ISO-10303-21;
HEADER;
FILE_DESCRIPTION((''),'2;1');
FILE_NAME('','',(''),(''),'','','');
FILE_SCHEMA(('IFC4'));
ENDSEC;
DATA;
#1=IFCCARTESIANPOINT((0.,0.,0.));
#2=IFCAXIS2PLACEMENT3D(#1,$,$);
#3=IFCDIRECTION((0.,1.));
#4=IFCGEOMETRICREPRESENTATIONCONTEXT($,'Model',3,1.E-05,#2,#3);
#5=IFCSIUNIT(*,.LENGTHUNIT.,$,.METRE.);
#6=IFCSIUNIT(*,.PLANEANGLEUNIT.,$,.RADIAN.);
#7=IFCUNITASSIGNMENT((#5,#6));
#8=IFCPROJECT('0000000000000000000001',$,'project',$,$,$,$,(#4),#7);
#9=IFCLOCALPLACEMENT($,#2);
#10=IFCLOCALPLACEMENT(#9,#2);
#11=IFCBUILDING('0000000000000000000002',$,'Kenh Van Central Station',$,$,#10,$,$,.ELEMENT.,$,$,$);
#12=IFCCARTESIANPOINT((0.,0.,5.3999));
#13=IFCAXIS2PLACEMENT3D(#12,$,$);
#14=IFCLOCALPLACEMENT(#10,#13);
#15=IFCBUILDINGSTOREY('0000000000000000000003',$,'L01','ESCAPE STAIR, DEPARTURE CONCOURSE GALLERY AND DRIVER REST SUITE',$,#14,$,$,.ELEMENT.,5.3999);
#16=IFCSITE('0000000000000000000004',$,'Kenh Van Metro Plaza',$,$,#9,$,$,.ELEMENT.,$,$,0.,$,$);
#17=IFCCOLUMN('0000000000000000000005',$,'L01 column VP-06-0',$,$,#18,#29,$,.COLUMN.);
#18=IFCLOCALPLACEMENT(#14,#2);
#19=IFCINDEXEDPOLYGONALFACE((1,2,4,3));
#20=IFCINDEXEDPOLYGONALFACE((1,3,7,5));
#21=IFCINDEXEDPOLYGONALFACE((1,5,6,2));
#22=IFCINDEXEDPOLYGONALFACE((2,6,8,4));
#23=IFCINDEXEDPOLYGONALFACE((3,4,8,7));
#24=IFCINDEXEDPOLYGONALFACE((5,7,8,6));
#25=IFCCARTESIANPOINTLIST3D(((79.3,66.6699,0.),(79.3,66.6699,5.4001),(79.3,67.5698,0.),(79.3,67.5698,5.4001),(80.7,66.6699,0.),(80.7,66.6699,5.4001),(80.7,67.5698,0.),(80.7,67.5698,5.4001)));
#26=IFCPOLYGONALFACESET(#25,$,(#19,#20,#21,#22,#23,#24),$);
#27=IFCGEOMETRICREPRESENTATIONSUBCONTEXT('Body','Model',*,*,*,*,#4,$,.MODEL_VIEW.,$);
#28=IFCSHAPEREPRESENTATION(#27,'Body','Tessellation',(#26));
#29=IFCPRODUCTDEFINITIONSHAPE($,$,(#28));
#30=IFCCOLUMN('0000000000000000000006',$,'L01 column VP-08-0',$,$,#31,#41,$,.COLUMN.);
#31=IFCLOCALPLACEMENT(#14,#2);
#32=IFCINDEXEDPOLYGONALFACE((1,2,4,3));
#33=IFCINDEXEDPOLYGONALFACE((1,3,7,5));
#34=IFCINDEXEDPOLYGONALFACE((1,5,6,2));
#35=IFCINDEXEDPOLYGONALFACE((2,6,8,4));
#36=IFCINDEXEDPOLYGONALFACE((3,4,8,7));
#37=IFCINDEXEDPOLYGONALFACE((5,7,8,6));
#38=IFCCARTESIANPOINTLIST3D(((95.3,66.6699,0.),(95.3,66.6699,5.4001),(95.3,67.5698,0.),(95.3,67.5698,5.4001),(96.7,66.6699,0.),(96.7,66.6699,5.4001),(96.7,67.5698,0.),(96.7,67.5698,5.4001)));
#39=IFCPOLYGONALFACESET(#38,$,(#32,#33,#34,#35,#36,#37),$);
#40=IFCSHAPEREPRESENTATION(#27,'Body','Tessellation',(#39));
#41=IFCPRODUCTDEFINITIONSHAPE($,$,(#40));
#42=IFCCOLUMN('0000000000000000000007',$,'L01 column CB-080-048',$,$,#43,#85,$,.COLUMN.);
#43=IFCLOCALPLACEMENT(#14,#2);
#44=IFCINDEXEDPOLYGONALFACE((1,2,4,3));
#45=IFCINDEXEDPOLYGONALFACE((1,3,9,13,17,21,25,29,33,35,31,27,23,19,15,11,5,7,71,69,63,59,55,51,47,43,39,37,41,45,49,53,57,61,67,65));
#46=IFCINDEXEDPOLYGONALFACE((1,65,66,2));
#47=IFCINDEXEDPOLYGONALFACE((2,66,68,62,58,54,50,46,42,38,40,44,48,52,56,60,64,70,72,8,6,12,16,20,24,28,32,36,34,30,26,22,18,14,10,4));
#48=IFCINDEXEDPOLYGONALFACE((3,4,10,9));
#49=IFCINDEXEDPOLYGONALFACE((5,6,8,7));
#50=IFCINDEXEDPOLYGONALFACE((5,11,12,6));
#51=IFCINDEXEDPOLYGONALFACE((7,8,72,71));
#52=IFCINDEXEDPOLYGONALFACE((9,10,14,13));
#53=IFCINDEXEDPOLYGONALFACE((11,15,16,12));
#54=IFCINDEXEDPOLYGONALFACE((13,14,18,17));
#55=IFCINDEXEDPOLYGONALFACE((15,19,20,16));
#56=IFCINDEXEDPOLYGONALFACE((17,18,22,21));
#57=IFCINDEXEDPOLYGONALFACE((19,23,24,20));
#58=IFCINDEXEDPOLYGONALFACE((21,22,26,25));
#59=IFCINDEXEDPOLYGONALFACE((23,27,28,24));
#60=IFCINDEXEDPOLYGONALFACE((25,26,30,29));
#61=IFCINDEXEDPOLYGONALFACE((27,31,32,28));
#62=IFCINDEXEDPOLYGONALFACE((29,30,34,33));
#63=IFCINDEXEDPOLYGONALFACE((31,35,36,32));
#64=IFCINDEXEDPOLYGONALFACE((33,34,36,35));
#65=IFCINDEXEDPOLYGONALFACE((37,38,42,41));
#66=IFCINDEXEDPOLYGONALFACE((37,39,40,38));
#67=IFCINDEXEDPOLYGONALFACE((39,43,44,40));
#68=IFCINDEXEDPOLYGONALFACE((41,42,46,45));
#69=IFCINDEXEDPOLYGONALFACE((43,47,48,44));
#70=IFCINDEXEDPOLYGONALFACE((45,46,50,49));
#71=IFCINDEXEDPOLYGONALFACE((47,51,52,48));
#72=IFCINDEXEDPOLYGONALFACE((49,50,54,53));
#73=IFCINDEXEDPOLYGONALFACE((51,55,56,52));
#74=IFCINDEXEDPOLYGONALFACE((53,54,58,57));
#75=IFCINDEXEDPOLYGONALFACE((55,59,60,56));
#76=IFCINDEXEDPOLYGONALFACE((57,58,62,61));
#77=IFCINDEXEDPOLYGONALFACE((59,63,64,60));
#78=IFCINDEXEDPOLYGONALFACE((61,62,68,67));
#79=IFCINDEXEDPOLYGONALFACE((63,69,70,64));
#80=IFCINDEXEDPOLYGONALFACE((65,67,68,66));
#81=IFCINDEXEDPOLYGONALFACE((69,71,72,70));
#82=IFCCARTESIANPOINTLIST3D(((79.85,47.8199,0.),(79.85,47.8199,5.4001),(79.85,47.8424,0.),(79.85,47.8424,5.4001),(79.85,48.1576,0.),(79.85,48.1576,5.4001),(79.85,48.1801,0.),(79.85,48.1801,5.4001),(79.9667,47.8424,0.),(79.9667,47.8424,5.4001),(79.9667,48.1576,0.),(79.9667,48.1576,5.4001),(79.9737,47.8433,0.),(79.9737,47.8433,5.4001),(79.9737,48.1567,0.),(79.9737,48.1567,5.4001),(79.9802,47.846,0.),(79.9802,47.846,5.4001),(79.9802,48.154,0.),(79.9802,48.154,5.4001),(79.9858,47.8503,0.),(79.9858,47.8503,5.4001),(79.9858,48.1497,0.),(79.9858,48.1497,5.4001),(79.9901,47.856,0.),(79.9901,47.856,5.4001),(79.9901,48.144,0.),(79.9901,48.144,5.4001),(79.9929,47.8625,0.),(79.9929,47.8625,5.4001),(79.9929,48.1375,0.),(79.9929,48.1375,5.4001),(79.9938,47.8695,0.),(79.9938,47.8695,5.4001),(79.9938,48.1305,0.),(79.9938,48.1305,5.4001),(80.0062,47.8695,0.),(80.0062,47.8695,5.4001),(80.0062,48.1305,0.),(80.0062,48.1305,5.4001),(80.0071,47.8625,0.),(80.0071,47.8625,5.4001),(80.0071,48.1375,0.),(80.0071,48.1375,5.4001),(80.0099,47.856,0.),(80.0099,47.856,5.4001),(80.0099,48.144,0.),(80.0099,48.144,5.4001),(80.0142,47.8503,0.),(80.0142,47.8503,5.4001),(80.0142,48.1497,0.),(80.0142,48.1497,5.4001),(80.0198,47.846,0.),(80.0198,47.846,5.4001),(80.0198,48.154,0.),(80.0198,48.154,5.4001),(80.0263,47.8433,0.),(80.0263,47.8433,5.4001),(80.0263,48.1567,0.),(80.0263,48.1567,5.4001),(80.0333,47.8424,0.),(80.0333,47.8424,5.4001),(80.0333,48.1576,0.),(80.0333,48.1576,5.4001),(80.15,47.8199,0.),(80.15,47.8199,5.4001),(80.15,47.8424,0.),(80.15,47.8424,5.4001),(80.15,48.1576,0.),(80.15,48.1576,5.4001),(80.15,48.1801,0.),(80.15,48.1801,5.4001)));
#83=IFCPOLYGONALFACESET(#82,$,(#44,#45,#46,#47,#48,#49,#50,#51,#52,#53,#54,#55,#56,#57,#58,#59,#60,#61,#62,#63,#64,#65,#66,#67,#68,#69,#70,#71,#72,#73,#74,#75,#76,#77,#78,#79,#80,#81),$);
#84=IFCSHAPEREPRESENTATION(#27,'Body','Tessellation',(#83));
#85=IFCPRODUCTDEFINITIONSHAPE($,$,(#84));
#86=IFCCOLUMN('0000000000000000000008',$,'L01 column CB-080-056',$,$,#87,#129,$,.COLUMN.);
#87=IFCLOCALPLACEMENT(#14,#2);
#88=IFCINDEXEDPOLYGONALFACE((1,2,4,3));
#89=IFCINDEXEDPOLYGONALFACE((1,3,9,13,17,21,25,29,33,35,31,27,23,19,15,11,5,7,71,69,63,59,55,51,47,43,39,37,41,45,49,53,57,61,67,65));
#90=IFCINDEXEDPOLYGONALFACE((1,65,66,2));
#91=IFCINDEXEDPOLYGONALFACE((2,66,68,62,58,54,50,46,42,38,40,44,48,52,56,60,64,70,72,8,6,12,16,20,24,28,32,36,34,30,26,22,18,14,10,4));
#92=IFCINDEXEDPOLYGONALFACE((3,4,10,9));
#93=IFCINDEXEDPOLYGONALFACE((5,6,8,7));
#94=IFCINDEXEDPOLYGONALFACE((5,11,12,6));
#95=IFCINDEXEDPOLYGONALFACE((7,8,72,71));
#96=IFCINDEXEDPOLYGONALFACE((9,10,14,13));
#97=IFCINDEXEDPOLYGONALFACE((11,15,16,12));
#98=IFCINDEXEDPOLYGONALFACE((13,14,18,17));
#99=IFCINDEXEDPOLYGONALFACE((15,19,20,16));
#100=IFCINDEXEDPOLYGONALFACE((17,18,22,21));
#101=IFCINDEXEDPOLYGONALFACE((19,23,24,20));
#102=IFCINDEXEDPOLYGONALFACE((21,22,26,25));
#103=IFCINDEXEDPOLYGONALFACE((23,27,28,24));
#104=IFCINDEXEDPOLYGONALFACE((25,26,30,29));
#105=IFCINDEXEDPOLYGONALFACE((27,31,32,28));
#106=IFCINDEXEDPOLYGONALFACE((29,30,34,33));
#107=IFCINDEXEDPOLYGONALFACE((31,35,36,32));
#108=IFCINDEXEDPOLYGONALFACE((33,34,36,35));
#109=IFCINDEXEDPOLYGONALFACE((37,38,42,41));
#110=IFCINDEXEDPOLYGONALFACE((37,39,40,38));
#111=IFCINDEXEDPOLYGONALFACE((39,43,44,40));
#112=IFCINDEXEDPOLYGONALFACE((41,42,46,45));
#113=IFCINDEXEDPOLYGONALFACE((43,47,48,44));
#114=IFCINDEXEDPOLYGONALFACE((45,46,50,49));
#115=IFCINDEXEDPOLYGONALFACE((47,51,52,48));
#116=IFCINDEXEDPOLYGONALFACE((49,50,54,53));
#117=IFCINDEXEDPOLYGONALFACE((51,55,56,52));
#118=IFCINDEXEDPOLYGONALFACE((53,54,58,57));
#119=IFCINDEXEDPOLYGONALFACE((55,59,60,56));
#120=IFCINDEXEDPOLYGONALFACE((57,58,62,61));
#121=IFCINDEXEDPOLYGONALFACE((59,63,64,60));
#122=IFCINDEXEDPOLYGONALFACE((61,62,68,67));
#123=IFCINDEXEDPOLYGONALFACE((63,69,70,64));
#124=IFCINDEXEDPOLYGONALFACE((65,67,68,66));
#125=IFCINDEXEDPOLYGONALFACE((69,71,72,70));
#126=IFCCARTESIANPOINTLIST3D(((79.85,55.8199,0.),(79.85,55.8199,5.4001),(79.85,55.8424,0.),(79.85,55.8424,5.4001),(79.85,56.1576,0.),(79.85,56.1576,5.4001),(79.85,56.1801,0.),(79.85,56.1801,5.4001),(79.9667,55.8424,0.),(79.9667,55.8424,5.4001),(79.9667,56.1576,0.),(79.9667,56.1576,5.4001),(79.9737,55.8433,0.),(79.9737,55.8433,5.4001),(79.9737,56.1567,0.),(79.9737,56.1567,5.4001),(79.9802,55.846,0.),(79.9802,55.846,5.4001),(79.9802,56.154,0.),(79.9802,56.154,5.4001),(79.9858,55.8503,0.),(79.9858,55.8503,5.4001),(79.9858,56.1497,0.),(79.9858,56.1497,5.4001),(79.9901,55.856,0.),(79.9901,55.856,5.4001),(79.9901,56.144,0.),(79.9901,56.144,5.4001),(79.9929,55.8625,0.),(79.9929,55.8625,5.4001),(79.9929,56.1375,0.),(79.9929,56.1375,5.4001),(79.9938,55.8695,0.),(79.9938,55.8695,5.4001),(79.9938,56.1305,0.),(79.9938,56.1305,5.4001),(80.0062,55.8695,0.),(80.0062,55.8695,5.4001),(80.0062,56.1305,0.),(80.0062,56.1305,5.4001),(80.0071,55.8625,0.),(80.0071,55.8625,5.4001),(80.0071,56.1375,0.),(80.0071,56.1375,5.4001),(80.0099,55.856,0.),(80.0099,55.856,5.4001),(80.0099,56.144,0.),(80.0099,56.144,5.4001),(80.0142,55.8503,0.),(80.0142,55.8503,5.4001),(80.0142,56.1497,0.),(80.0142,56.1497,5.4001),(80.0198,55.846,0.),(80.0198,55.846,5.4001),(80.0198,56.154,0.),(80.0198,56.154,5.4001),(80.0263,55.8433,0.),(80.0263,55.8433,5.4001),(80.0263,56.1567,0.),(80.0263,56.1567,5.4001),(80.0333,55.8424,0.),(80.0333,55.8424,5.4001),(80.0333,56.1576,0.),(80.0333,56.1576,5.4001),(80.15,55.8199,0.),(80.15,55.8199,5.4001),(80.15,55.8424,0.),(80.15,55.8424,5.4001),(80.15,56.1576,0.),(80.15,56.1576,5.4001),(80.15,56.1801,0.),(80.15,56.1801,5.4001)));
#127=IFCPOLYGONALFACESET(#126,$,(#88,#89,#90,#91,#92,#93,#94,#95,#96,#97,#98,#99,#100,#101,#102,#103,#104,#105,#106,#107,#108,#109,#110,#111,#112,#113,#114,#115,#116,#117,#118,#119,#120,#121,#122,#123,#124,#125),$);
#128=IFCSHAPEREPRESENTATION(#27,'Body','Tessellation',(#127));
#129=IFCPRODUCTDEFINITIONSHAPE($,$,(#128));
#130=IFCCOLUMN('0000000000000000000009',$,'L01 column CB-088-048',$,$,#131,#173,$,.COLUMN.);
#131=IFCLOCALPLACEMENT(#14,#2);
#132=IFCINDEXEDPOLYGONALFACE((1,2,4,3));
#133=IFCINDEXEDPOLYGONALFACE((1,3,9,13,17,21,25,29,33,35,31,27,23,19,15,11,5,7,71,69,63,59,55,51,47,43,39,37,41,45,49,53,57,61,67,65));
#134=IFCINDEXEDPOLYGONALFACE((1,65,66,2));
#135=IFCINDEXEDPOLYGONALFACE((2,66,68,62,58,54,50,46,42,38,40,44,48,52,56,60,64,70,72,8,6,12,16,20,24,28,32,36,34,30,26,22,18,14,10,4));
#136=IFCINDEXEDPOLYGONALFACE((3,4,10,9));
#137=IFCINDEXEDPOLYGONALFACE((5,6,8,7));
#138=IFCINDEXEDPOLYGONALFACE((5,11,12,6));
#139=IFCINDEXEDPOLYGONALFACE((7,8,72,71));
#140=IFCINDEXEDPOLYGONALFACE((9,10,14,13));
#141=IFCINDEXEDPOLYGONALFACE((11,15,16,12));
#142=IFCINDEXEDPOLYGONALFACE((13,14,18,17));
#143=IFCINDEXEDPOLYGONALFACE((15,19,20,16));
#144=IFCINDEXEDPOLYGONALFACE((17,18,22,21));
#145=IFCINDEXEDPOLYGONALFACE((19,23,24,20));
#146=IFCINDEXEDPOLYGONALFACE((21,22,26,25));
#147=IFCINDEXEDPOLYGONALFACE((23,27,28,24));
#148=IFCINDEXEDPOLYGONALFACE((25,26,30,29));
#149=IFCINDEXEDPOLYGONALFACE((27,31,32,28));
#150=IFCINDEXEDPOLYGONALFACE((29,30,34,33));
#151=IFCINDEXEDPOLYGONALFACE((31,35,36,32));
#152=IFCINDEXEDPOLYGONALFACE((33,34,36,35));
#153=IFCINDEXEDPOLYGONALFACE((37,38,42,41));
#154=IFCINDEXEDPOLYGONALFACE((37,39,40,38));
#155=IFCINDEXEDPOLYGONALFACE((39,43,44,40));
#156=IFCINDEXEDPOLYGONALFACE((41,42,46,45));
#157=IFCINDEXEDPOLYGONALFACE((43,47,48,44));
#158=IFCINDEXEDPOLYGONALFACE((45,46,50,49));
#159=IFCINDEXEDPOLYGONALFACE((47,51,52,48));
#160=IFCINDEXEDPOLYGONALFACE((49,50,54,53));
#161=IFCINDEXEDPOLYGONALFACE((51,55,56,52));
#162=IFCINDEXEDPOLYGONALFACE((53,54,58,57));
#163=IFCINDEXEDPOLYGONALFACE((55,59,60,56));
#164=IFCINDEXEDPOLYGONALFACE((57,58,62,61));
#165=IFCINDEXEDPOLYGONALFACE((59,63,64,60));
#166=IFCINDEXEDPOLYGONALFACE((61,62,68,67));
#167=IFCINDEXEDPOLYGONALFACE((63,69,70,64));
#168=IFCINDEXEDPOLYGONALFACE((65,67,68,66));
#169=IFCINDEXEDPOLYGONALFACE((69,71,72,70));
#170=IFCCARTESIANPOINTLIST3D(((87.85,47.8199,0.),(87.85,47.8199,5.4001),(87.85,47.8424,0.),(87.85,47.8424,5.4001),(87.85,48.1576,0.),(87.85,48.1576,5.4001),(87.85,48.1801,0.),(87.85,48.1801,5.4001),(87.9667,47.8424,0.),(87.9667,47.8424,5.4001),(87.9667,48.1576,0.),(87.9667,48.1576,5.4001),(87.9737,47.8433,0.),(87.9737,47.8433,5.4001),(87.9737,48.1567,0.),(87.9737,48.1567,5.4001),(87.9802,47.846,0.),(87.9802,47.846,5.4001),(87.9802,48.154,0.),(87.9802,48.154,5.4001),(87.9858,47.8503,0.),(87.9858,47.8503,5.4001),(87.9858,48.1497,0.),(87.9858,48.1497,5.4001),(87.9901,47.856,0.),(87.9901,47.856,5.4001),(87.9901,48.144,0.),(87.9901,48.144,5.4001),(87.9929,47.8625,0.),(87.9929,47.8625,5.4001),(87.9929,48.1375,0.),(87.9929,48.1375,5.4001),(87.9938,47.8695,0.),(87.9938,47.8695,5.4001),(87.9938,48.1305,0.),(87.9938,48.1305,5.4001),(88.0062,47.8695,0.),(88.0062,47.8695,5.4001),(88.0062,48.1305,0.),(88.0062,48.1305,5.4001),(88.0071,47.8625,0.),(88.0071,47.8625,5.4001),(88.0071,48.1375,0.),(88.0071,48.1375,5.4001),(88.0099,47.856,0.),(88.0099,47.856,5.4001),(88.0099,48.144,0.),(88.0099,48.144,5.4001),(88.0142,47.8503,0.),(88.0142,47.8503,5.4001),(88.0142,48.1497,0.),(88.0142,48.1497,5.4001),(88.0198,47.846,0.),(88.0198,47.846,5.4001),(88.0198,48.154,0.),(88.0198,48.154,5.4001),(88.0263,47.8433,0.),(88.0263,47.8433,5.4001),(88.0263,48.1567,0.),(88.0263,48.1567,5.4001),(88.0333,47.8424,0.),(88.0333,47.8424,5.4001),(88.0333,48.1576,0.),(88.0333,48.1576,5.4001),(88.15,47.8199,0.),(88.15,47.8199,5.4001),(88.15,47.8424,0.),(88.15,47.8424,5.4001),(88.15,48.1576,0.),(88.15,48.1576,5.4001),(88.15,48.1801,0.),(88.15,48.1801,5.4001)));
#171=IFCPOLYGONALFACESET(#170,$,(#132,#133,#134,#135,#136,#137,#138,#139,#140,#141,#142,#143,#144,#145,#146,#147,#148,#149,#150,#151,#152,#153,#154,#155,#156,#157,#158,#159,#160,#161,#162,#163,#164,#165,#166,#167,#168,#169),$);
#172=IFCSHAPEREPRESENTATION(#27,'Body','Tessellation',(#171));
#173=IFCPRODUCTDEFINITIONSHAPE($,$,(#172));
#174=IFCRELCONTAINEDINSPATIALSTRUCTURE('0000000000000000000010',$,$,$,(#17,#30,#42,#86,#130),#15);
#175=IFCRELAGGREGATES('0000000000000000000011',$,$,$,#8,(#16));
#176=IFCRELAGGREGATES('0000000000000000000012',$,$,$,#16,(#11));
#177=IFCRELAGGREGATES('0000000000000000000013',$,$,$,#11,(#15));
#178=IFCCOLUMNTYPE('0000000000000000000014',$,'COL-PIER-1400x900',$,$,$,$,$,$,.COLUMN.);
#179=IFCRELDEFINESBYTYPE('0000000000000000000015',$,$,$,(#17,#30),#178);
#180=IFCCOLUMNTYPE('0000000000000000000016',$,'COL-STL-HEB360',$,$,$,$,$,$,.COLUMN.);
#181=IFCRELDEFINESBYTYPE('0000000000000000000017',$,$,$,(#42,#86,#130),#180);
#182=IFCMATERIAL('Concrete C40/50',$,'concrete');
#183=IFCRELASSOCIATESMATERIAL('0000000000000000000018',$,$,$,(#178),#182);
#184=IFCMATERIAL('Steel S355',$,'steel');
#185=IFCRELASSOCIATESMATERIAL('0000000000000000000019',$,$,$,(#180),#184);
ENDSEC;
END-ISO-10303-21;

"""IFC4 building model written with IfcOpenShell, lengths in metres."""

from ifc_helpers import new_model, si_unit, direction, frame, origin, origin_2d, place, context, subcontext, project, spatial, rectangle, i_section, extrude, material, material_profile, profile_set, type_object, element, save


model = new_model("IFC4")

# Units and contexts
model_context = context("Model", 3, precision=1e-05, world=origin(), true_north=direction((0.0, 1.0)))
body_context = subcontext(model_context, "Body", "Model", "MODEL_VIEW")
ifc_project = project(units=[si_unit("LENGTHUNIT", "METRE"), si_unit("PLANEANGLEUNIT", "RADIAN")], contexts=[model_context])

# Site, building, storey
site_placement = place(None, origin())
site = spatial("IfcSite", under=ifc_project, at=site_placement, Name="Kenh Van Metro Plaza", CompositionType="ELEMENT", RefElevation=0.0)
building_placement = place(site_placement, origin())
building = spatial("IfcBuilding", under=site, at=building_placement, Name="Kenh Van Central Station", CompositionType="ELEMENT")
storey_placement = place(building_placement, frame((0.0, 0.0, 5.3999)))
storey = spatial("IfcBuildingStorey", under=building, at=storey_placement, Name="L01", Description="ESCAPE STAIR, DEPARTURE CONCOURSE GALLERY AND DRIVER REST SUITE", CompositionType="ELEMENT", Elevation=5.3999)

# Columns
ifc_material_1 = material(Name="Concrete C40/50", Category="concrete")
ifc_material_profile_1 = material_profile(ifc_material_1, rectangle(XDim=1.3999, YDim=0.8999, at=origin_2d()), Name="RC 1400x900")
ifc_profile_set_1 = profile_set([ifc_material_profile_1], Name="Concrete C40/50")
column_type_1 = type_object("IfcColumnType", Name="COL-PIER-1400x900", PredefinedType="COLUMN", material=ifc_profile_set_1)
for number, where, z_axis, x_axis, name in (
    (1, (80.0, 67.1199, 0.0), (0.0, 0.0, 1.0), (1.0, 0.0, 0.0), "L01 column VP-06-0"),
    (2, (96.0, 67.1199, 0.0), (0.0, 0.0, 1.0), (1.0, 0.0, 0.0), "L01 column VP-08-0"),
):
    element("IfcColumn", number, at=place(storey_placement, frame(where, z_axis=z_axis, x_axis=x_axis)), inside=storey, type_object=column_type_1, Name=name, PredefinedType="COLUMN", context=body_context, shape_type="SweptSolid", body=[
        extrude(rectangle(XDim=1.3999, YDim=0.8999, at=origin_2d()), origin(), (0.0, 0.0, 1.0), 5.4001),
    ])
ifc_material_2 = material(Name="Steel S355", Category="steel")
ifc_material_profile_2 = material_profile(ifc_material_2, i_section(OverallWidth=0.3, OverallDepth=0.3601, WebThickness=0.0125, FlangeThickness=0.0225, FilletRadius=0.0271, at=origin_2d()), Name="HEB 360")
ifc_profile_set_2 = profile_set([ifc_material_profile_2], Name="Steel S355")
column_type_2 = type_object("IfcColumnType", Name="COL-STL-HEB360", PredefinedType="COLUMN", material=ifc_profile_set_2)
for number, where, z_axis, x_axis, name in (
    (3, (80.0, 48.0, 0.0), (0.0, 0.0, 1.0), (1.0, 0.0, 0.0), "L01 column CB-080-048"),
    (4, (80.0, 56.0, 0.0), (0.0, 0.0, 1.0), (1.0, 0.0, 0.0), "L01 column CB-080-056"),
    (5, (88.0, 48.0, 0.0), (0.0, 0.0, 1.0), (1.0, 0.0, 0.0), "L01 column CB-088-048"),
):
    element("IfcColumn", number, at=place(storey_placement, frame(where, z_axis=z_axis, x_axis=x_axis)), inside=storey, type_object=column_type_2, Name=name, PredefinedType="COLUMN", context=body_context, shape_type="SweptSolid", body=[
        extrude(i_section(OverallWidth=0.3, OverallDepth=0.3601, WebThickness=0.0125, FlangeThickness=0.0225, FilletRadius=0.0271, at=origin_2d()), origin(), (0.0, 0.0, 1.0), 5.4001),
    ])

save(model, "model.ifc")
